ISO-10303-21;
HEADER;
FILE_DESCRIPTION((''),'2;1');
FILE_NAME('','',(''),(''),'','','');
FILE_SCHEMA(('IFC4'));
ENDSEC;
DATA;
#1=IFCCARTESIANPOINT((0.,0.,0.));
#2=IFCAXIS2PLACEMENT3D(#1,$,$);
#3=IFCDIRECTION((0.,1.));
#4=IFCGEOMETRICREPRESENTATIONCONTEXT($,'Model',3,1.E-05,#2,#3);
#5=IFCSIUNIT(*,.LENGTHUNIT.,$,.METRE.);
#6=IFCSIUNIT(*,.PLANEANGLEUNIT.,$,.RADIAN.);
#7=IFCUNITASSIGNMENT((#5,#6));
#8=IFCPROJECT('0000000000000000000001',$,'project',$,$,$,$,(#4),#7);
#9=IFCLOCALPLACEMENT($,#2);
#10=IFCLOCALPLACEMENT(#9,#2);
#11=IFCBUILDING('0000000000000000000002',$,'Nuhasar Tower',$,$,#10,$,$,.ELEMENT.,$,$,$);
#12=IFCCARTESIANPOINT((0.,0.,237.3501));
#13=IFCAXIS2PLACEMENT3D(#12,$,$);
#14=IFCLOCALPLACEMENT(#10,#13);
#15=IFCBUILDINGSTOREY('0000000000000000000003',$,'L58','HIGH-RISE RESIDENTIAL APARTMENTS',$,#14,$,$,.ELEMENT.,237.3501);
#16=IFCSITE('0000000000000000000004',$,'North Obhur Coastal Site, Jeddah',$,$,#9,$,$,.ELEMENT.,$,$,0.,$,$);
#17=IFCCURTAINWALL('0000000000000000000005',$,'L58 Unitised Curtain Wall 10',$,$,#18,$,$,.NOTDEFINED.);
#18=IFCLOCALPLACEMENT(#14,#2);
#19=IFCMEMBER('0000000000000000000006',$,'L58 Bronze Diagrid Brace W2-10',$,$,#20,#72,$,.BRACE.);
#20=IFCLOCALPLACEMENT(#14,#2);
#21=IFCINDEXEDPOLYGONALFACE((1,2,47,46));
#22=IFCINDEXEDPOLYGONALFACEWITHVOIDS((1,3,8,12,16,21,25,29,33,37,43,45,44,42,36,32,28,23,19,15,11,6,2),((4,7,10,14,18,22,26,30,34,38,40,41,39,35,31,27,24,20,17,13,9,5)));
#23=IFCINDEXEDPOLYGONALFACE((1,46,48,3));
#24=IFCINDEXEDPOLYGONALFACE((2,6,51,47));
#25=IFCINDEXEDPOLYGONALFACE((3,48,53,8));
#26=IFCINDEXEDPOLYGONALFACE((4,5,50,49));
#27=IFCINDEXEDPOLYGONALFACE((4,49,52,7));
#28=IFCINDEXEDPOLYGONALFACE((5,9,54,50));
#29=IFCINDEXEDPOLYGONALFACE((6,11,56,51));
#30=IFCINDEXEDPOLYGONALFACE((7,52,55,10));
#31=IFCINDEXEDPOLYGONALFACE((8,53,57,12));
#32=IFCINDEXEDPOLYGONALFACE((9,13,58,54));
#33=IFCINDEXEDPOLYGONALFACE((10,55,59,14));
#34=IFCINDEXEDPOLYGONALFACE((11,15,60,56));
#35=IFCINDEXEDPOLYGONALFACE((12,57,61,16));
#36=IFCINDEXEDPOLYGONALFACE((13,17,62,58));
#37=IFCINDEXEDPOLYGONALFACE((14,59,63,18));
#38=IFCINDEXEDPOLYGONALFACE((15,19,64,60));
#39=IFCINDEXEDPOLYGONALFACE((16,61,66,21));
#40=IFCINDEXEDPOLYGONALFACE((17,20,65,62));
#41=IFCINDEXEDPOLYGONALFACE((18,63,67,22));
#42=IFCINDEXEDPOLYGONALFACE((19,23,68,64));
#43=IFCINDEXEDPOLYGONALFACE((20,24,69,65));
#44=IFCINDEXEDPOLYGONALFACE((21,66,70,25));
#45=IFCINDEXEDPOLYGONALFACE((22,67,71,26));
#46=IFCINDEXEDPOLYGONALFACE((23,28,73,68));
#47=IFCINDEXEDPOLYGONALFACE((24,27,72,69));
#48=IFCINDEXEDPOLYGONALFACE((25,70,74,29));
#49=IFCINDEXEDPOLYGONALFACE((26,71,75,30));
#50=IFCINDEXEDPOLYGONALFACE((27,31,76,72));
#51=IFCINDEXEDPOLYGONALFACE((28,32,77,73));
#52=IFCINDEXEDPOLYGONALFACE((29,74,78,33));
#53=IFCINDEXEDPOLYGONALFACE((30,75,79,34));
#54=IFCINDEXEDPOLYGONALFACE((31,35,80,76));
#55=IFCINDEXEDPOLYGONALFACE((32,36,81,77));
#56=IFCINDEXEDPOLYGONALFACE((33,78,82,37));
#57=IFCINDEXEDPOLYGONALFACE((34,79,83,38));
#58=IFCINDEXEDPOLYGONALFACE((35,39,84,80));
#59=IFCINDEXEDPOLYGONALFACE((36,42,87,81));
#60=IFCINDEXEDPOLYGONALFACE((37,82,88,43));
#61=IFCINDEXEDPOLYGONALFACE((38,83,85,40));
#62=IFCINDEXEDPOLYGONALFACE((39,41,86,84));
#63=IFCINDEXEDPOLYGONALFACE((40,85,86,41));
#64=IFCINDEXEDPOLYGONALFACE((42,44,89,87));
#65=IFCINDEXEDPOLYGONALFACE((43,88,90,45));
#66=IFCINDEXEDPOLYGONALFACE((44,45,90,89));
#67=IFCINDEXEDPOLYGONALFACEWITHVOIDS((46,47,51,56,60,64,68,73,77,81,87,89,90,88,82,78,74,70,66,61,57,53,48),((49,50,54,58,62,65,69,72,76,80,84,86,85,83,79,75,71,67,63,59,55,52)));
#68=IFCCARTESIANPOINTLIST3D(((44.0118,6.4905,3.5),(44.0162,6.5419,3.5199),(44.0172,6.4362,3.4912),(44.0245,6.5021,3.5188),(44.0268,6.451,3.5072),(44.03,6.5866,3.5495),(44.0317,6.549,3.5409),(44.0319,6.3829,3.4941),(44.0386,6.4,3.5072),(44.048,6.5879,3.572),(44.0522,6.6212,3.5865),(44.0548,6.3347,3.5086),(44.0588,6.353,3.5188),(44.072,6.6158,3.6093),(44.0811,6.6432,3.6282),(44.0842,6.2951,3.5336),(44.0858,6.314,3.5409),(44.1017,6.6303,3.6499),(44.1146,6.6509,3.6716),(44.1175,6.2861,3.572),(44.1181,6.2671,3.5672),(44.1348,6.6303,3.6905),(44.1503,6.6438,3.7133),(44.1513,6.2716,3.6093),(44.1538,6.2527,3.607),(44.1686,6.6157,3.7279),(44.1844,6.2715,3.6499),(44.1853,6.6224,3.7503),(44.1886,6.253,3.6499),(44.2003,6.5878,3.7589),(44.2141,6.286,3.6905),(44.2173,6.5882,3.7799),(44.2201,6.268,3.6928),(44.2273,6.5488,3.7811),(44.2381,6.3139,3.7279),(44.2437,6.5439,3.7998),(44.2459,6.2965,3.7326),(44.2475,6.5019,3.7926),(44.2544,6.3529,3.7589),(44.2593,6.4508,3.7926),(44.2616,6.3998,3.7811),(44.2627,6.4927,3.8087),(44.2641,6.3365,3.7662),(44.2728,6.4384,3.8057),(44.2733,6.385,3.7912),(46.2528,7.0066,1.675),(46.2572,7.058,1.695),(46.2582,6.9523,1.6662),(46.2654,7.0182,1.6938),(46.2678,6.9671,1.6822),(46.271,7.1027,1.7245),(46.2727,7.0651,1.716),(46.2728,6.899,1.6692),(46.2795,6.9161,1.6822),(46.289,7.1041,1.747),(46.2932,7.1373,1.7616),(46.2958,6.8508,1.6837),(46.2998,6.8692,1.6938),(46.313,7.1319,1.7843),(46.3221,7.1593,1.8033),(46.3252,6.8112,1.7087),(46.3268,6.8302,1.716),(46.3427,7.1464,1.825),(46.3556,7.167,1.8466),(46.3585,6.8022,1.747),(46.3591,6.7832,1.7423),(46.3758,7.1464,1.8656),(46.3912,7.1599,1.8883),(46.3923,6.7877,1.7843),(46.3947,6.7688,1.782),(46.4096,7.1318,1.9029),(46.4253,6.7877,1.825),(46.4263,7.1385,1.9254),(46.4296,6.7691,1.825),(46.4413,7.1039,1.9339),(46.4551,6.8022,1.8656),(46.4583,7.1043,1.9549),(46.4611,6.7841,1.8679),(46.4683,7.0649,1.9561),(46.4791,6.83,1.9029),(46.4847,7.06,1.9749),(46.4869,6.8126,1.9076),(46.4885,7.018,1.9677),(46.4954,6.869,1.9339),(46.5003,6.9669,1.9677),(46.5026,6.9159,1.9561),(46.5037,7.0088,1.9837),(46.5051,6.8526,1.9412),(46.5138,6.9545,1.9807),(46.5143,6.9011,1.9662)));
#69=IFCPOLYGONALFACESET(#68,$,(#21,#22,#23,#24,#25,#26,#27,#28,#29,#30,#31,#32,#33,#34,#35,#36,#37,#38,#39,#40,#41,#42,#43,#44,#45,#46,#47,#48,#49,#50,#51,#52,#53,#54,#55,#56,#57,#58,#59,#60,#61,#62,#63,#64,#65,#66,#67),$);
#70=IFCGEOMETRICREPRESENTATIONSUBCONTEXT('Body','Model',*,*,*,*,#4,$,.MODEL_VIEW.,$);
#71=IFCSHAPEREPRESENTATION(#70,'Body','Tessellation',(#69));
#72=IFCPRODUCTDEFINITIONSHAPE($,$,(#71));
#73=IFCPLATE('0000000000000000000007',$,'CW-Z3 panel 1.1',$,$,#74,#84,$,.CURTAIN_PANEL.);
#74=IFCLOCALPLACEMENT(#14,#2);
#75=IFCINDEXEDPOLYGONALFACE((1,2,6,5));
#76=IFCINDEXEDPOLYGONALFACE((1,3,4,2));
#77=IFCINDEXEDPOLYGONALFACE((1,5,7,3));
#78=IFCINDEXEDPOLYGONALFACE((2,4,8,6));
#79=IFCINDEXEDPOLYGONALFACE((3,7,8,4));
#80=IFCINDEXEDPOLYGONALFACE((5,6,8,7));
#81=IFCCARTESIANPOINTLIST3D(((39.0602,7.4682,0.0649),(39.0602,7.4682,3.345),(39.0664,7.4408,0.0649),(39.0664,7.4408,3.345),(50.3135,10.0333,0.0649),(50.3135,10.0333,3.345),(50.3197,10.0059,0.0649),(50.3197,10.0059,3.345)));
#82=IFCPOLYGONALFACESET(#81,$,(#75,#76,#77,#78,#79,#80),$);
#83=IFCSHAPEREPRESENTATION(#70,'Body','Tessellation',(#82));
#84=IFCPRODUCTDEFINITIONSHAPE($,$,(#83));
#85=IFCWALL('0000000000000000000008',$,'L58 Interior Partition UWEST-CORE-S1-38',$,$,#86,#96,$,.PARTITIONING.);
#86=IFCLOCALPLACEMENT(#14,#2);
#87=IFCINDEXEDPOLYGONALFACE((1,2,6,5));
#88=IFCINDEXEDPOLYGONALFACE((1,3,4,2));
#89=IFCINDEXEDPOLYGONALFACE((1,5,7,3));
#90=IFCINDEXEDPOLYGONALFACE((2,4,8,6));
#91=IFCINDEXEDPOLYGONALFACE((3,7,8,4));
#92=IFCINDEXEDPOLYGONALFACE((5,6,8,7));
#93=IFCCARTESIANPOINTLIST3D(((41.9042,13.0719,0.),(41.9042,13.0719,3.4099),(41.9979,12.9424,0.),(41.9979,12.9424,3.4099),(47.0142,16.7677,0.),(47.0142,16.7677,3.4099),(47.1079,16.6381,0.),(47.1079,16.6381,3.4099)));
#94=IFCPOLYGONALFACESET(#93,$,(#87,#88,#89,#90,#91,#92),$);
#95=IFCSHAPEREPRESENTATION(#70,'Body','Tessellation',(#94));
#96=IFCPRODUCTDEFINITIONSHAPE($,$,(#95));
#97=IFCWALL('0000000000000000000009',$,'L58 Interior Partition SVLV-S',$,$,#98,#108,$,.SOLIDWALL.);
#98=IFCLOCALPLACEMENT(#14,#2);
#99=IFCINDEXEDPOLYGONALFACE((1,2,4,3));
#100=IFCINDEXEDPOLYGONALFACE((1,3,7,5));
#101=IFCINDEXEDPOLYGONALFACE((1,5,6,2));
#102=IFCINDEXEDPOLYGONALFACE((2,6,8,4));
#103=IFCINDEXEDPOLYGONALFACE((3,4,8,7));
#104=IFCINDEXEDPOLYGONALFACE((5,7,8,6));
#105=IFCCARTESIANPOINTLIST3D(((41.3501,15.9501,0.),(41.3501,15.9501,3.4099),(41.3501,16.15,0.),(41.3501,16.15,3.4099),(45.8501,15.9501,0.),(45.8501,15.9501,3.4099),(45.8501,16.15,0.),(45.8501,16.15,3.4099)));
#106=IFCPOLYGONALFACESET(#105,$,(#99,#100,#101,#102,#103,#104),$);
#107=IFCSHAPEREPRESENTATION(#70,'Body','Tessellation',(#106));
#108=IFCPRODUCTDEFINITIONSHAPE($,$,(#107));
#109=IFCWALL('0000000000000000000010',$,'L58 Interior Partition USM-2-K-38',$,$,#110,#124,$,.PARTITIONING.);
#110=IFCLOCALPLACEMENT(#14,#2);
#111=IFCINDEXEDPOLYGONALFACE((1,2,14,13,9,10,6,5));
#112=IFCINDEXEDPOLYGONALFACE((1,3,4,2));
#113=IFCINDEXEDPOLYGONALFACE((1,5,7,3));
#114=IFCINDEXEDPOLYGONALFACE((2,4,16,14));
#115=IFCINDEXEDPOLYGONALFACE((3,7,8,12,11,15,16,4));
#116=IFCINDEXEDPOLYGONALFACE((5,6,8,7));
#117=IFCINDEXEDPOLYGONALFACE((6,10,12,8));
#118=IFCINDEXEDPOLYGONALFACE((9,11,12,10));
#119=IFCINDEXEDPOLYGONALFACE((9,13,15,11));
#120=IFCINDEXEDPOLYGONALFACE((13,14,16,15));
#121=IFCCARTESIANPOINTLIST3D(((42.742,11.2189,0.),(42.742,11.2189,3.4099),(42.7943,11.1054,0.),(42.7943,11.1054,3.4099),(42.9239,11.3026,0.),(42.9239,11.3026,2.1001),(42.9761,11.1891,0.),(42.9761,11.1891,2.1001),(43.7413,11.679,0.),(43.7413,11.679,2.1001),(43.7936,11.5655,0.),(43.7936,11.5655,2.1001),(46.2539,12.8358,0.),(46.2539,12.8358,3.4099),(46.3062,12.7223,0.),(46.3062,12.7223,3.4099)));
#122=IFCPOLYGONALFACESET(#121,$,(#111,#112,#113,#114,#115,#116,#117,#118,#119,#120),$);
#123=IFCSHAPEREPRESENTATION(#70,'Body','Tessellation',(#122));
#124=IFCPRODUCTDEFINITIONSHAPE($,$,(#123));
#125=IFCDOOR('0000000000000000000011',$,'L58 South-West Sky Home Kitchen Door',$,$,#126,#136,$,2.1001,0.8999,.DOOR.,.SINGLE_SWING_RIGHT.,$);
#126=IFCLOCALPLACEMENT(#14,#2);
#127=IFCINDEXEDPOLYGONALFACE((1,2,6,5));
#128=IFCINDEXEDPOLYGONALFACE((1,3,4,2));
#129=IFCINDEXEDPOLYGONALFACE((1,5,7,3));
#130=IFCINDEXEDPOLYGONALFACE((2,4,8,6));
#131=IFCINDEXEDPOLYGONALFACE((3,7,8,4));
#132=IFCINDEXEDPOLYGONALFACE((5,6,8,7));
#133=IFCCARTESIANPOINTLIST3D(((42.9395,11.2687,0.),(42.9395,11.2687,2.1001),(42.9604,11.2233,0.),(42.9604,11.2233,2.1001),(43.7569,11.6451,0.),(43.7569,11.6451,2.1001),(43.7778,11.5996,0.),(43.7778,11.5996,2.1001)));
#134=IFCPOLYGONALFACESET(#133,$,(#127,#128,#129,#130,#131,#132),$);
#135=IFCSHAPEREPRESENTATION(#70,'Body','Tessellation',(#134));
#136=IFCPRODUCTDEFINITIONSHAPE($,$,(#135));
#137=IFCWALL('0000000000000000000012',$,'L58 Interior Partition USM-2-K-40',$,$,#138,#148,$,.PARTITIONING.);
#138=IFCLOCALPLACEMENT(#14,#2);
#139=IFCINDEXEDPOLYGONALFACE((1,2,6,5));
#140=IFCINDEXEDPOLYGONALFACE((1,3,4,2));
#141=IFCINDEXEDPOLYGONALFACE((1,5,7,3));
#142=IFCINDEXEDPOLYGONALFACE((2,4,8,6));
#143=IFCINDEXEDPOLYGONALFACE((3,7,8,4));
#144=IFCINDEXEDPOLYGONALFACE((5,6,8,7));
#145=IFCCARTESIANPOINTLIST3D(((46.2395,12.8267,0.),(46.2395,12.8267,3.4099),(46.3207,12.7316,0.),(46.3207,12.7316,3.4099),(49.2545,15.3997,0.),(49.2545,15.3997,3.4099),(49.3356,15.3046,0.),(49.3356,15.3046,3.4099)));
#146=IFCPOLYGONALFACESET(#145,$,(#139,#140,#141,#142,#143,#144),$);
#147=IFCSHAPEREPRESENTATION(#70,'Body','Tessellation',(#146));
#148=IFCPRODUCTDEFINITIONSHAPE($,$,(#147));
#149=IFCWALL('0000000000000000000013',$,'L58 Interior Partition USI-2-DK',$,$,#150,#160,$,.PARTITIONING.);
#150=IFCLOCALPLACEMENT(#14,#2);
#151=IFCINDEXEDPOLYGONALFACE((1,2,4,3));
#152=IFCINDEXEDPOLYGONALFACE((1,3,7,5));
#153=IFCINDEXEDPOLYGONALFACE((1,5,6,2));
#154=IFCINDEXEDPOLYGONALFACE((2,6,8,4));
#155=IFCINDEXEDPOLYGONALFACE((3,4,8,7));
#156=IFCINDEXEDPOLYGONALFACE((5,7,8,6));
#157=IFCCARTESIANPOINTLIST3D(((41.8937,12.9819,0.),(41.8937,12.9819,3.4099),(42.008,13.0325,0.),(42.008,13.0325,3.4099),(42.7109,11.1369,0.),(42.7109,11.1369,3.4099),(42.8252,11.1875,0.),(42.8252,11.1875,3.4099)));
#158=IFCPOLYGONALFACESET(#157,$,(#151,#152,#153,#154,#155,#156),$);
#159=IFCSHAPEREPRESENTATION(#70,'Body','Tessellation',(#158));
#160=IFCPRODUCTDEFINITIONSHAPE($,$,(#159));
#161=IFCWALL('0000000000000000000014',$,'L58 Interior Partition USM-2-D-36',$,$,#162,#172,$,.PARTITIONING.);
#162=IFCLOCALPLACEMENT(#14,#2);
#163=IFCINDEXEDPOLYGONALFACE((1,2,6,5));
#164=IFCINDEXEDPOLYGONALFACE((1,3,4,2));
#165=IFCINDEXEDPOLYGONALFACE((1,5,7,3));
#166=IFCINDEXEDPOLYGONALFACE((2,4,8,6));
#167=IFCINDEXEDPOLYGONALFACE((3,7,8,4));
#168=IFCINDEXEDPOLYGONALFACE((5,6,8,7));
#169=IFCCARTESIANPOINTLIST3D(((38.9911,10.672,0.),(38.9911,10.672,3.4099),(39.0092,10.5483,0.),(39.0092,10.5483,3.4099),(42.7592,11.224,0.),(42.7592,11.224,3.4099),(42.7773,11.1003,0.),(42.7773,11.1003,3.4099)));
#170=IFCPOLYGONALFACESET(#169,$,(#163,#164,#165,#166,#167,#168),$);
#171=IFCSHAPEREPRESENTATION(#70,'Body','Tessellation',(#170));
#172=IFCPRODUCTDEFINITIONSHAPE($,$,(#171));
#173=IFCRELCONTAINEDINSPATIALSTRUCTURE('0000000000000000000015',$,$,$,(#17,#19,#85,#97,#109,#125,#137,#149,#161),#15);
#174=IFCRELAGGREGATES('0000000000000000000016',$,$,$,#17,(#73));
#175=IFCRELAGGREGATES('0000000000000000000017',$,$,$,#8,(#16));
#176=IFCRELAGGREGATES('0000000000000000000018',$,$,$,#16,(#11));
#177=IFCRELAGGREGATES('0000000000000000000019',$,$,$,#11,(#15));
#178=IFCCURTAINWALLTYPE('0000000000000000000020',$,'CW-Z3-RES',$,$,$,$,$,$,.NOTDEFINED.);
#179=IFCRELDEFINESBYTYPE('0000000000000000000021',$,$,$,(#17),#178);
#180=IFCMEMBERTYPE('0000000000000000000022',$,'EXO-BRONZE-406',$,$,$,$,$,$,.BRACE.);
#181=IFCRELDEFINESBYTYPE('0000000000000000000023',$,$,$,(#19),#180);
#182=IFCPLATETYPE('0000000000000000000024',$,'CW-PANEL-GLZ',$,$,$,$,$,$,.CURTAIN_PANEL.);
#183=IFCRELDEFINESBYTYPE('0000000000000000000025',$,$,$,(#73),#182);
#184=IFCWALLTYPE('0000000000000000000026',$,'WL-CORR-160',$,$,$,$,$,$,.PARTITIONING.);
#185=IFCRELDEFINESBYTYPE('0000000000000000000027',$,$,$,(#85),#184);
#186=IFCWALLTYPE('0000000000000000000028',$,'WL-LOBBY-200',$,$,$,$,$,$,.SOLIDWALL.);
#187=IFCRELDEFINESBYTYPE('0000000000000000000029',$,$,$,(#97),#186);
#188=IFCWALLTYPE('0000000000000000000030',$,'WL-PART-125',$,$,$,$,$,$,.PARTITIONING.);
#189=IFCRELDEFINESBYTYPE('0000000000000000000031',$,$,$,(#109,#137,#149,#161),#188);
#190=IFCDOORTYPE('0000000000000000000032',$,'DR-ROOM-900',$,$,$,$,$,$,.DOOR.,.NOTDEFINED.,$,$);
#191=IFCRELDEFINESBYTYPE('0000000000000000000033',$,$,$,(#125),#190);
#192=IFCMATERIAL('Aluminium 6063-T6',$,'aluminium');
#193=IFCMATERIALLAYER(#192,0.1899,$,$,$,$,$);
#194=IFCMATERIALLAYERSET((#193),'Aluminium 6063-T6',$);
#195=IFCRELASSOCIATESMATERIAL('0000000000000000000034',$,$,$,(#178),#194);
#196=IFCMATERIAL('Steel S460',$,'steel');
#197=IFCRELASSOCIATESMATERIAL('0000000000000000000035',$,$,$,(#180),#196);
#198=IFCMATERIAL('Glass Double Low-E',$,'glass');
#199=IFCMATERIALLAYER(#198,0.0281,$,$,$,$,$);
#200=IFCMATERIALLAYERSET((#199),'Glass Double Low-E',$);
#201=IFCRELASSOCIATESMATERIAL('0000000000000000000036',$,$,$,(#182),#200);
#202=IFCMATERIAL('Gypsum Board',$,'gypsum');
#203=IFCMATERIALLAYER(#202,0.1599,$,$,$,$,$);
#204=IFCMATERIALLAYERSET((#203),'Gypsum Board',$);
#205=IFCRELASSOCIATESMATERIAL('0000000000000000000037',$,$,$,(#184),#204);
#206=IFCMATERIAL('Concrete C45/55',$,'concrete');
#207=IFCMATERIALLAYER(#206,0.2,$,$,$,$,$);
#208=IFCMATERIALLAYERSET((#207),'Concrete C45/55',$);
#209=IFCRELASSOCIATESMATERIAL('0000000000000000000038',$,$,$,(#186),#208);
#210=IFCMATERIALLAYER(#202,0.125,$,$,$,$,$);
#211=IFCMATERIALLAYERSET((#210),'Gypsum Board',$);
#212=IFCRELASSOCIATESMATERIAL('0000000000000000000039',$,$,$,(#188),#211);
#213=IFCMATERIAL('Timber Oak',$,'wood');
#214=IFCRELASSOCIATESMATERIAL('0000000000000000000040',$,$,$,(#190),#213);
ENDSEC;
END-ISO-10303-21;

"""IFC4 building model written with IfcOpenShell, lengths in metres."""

from ifc_helpers import new_model, si_unit, direction, frame, frame_2d, origin, origin_2d, place, context, subcontext, project, spatial, rectangle, hollow_circle, extrude, material, layer, layer_set, material_profile, profile_set, type_object, element, fill, aggregate, save


model = new_model("IFC4")

# Units and contexts
model_context = context("Model", 3, precision=1e-05, world=origin(), true_north=direction((0.0, 1.0)))
body_context = subcontext(model_context, "Body", "Model", "MODEL_VIEW")
ifc_project = project(units=[si_unit("LENGTHUNIT", "METRE"), si_unit("PLANEANGLEUNIT", "RADIAN")], contexts=[model_context])

# Site, building, storey
site_placement = place(None, origin())
site = spatial("IfcSite", under=ifc_project, at=site_placement, Name="North Obhur Coastal Site, Jeddah", CompositionType="ELEMENT", RefElevation=0.0)
building_placement = place(site_placement, origin())
building = spatial("IfcBuilding", under=site, at=building_placement, Name="Nuhasar Tower", CompositionType="ELEMENT")
storey_placement = place(building_placement, frame((0.0, 0.0, 237.3501)))
storey = spatial("IfcBuildingStorey", under=building, at=storey_placement, Name="L58", Description="HIGH-RISE RESIDENTIAL APARTMENTS", CompositionType="ELEMENT", Elevation=237.3501)

# Curtain wall
ifc_material_1 = material(Name="Aluminium 6063-T6", Category="aluminium")
ifc_layer_1 = layer(ifc_material_1, 0.1899)
ifc_layer_set_1 = layer_set([ifc_layer_1], Name="Aluminium 6063-T6")
curtain_wall_type = type_object("IfcCurtainWallType", Name="CW-Z3-RES", PredefinedType="NOTDEFINED", material=ifc_layer_set_1)
curtain_wall_placement = place(storey_placement, origin())
curtain_wall = element("IfcCurtainWall", 1, at=curtain_wall_placement, inside=storey, type_object=curtain_wall_type, Name="L58 Unitised Curtain Wall 10", PredefinedType="NOTDEFINED")

# Member
ifc_material_2 = material(Name="Steel S460", Category="steel")
ifc_material_profile_1 = material_profile(ifc_material_2, hollow_circle(Radius=0.2031, WallThickness=0.019, at=origin_2d()), Name="HSS406.4X19.1")
ifc_profile_set_1 = profile_set([ifc_material_profile_1], Name="Steel S460")
member_type_1 = type_object("IfcMemberType", Name="EXO-BRONZE-406", PredefinedType="BRACE", material=ifc_profile_set_1)
for number, where, z_axis, x_axis, name in (
    (2, (46.384, 6.967, 1.825), (-0.763332, -0.175802, 0.621626), (0.224433, -0.97449, 0.0), "L58 Bronze Diagrid Brace W2-10"),
):
    element("IfcMember", number, at=place(storey_placement, frame(where, z_axis=z_axis, x_axis=x_axis)), inside=storey, type_object=member_type_1, Name=name, PredefinedType="BRACE", context=body_context, shape_type="SweptSolid", body=[
        extrude(hollow_circle(Radius=0.2031, WallThickness=0.019, at=origin_2d()), origin(), (0.0, 0.0, 1.0), 2.9358),
    ])

# Plate
ifc_material_3 = material(Name="Glass Double Low-E", Category="glass")
ifc_layer_2 = layer(ifc_material_3, 0.0281)
ifc_layer_set_2 = layer_set([ifc_layer_2], Name="Glass Double Low-E")
plate_type = type_object("IfcPlateType", Name="CW-PANEL-GLZ", PredefinedType="CURTAIN_PANEL", material=ifc_layer_set_2)
plate_placement = place(storey_placement, frame((44.6899, 8.7371, 0.0649), z_axis=(0.0, 0.0, 1.0), x_axis=(0.974991, 0.222243, 0.0)))
plate = element("IfcPlate", 3, at=plate_placement, type_object=plate_type, Name="CW-Z3 panel 1.1", PredefinedType="CURTAIN_PANEL", context=body_context, shape_type="SweptSolid", body=[
    extrude(rectangle(XDim=11.542, YDim=0.0281, at=origin_2d()), origin(), (0.0, 0.0, 1.0), 3.28),
])
aggregate(curtain_wall, [plate])

# Wall
ifc_material_4 = material(Name="Gypsum Board", Category="gypsum")
ifc_layer_3 = layer(ifc_material_4, 0.1599)
ifc_layer_set_3 = layer_set([ifc_layer_3], Name="Gypsum Board")
wall_type_1 = type_object("IfcWallType", Name="WL-CORR-160", PredefinedType="PARTITIONING", material=ifc_layer_set_3)
wall_1_placement = place(storey_placement, frame((41.9509, 13.0071, 0.0), z_axis=(0.0, 0.0, 1.0), x_axis=(0.81029, 0.586029, 0.0)))
element("IfcWall", 4, at=wall_1_placement, inside=storey, type_object=wall_type_1, Name="L58 Interior Partition UWEST-CORE-S1-38", PredefinedType="PARTITIONING", context=body_context, shape_type="SweptSolid", body=[
    extrude(rectangle(XDim=6.3064, YDim=0.1599, at=frame_2d((3.1533, 0.0))), origin(), (0.0, 0.0, 1.0), 3.4099),
])

# Shared definitions
ifc_material_5 = material(Name="Concrete C45/55", Category="concrete")
ifc_layer_4 = layer(ifc_material_5, 0.2)
ifc_layer_set_4 = layer_set([ifc_layer_4], Name="Concrete C45/55")
wall_type_2 = type_object("IfcWallType", Name="WL-LOBBY-200", PredefinedType="SOLIDWALL", material=ifc_layer_set_4)

# Wall
wall_2_placement = place(storey_placement, frame((41.3501, 16.05, 0.0), z_axis=(0.0, 0.0, 1.0), x_axis=(1.0, 0.0, 0.0)))
element("IfcWall", 5, at=wall_2_placement, inside=storey, type_object=wall_type_2, Name="L58 Interior Partition SVLV-S", PredefinedType="SOLIDWALL", context=body_context, shape_type="SweptSolid", body=[
    extrude(rectangle(XDim=4.5, YDim=0.2, at=frame_2d((2.25, 0.0))), origin(), (0.0, 0.0, 1.0), 3.4099),
])

# Wall, opening, door
ifc_layer_5 = layer(ifc_material_4, 0.125)
ifc_layer_set_5 = layer_set([ifc_layer_5], Name="Gypsum Board")
wall_type_3 = type_object("IfcWallType", Name="WL-PART-125", PredefinedType="PARTITIONING", material=ifc_layer_set_5)
wall_3_placement = place(storey_placement, frame((46.28, 12.7791, 0.0), z_axis=(0.0, 0.0, 1.0), x_axis=(-0.908349, -0.418213, 0.0)))
wall_3 = element("IfcWall", 6, at=wall_3_placement, inside=storey, type_object=wall_type_3, Name="L58 Interior Partition USM-2-K-38", PredefinedType="PARTITIONING", context=body_context, shape_type="SweptSolid", body=[
    extrude(rectangle(XDim=3.8662, YDim=0.125, at=frame_2d((1.9331, 0.0))), origin(), (0.0, 0.0, 1.0), 3.4099),
])
opening_1_placement = place(wall_3_placement, frame((2.7661, 0.0, 0.0)))
opening_1 = element("IfcOpeningElement", 7, at=opening_1_placement, cuts=wall_3, PredefinedType="OPENING", context=body_context, shape_type="SweptSolid", body=[
    extrude(rectangle(XDim=0.8999, YDim=2.1001, at=frame_2d((0.45, 1.05))), frame((0.0, 0.0725, 0.0), z_axis=(0.0, -1.0, 0.0), x_axis=(1.0, 0.0, 0.0)), (0.0, 0.0, 1.0), 0.145),
])
ifc_material_6 = material(Name="Timber Oak", Category="wood")
door_type_1 = type_object("IfcDoorType", Name="DR-ROOM-900", OperationType="NOTDEFINED", PredefinedType="DOOR", material=ifc_material_6)
door_1_placement = place(opening_1_placement, origin())
door_1 = element("IfcDoor", 8, at=door_1_placement, inside=storey, type_object=door_type_1, Name="L58 South-West Sky Home Kitchen Door", OperationType="SINGLE_SWING_RIGHT", OverallHeight=2.1001, OverallWidth=0.8999, PredefinedType="DOOR", context=body_context, shape_type="SweptSolid", body=[
    extrude(rectangle(XDim=0.8999, YDim=2.1001, at=frame_2d((0.45, 1.05))), frame((0.0, 0.0249, 0.0), z_axis=(0.0, -1.0, 0.0), x_axis=(1.0, 0.0, 0.0)), (0.0, 0.0, 1.0), 0.05),
])
fill(opening_1, door_1)

# Walls
wall_4_placement = place(storey_placement, frame((46.28, 12.7791, 0.0), z_axis=(0.0, 0.0, 1.0), x_axis=(0.760651, 0.649162, 0.0)))
element("IfcWall", 9, at=wall_4_placement, inside=storey, type_object=wall_type_3, Name="L58 Interior Partition USM-2-K-40", PredefinedType="PARTITIONING", context=body_context, shape_type="SweptSolid", body=[
    extrude(rectangle(XDim=3.9636, YDim=0.125, at=frame_2d((1.9819, 0.0))), origin(), (0.0, 0.0, 1.0), 3.4099),
])
wall_5_placement = place(storey_placement, frame((41.9509, 13.0071, 0.0), z_axis=(0.0, 0.0, 1.0), x_axis=(0.404959, -0.914335, 0.0)))
element("IfcWall", 10, at=wall_5_placement, inside=storey, type_object=wall_type_3, Name="L58 Interior Partition USI-2-DK", PredefinedType="PARTITIONING", context=body_context, shape_type="SweptSolid", body=[
    extrude(rectangle(XDim=2.0178, YDim=0.125, at=frame_2d((1.0088, 0.0))), origin(), (0.0, 0.0, 1.0), 3.4099),
])
wall_6_placement = place(storey_placement, frame((39.0, 10.6101, 0.0), z_axis=(0.0, 0.0, 1.0), x_axis=(0.989439, 0.144948, 0.0)))
element("IfcWall", 11, at=wall_6_placement, inside=storey, type_object=wall_type_3, Name="L58 Interior Partition USM-2-D-36", PredefinedType="PARTITIONING", context=body_context, shape_type="SweptSolid", body=[
    extrude(rectangle(XDim=3.8083, YDim=0.125, at=frame_2d((1.9043, 0.0))), origin(), (0.0, 0.0, 1.0), 3.4099),
])

save(model, "model.ifc")
